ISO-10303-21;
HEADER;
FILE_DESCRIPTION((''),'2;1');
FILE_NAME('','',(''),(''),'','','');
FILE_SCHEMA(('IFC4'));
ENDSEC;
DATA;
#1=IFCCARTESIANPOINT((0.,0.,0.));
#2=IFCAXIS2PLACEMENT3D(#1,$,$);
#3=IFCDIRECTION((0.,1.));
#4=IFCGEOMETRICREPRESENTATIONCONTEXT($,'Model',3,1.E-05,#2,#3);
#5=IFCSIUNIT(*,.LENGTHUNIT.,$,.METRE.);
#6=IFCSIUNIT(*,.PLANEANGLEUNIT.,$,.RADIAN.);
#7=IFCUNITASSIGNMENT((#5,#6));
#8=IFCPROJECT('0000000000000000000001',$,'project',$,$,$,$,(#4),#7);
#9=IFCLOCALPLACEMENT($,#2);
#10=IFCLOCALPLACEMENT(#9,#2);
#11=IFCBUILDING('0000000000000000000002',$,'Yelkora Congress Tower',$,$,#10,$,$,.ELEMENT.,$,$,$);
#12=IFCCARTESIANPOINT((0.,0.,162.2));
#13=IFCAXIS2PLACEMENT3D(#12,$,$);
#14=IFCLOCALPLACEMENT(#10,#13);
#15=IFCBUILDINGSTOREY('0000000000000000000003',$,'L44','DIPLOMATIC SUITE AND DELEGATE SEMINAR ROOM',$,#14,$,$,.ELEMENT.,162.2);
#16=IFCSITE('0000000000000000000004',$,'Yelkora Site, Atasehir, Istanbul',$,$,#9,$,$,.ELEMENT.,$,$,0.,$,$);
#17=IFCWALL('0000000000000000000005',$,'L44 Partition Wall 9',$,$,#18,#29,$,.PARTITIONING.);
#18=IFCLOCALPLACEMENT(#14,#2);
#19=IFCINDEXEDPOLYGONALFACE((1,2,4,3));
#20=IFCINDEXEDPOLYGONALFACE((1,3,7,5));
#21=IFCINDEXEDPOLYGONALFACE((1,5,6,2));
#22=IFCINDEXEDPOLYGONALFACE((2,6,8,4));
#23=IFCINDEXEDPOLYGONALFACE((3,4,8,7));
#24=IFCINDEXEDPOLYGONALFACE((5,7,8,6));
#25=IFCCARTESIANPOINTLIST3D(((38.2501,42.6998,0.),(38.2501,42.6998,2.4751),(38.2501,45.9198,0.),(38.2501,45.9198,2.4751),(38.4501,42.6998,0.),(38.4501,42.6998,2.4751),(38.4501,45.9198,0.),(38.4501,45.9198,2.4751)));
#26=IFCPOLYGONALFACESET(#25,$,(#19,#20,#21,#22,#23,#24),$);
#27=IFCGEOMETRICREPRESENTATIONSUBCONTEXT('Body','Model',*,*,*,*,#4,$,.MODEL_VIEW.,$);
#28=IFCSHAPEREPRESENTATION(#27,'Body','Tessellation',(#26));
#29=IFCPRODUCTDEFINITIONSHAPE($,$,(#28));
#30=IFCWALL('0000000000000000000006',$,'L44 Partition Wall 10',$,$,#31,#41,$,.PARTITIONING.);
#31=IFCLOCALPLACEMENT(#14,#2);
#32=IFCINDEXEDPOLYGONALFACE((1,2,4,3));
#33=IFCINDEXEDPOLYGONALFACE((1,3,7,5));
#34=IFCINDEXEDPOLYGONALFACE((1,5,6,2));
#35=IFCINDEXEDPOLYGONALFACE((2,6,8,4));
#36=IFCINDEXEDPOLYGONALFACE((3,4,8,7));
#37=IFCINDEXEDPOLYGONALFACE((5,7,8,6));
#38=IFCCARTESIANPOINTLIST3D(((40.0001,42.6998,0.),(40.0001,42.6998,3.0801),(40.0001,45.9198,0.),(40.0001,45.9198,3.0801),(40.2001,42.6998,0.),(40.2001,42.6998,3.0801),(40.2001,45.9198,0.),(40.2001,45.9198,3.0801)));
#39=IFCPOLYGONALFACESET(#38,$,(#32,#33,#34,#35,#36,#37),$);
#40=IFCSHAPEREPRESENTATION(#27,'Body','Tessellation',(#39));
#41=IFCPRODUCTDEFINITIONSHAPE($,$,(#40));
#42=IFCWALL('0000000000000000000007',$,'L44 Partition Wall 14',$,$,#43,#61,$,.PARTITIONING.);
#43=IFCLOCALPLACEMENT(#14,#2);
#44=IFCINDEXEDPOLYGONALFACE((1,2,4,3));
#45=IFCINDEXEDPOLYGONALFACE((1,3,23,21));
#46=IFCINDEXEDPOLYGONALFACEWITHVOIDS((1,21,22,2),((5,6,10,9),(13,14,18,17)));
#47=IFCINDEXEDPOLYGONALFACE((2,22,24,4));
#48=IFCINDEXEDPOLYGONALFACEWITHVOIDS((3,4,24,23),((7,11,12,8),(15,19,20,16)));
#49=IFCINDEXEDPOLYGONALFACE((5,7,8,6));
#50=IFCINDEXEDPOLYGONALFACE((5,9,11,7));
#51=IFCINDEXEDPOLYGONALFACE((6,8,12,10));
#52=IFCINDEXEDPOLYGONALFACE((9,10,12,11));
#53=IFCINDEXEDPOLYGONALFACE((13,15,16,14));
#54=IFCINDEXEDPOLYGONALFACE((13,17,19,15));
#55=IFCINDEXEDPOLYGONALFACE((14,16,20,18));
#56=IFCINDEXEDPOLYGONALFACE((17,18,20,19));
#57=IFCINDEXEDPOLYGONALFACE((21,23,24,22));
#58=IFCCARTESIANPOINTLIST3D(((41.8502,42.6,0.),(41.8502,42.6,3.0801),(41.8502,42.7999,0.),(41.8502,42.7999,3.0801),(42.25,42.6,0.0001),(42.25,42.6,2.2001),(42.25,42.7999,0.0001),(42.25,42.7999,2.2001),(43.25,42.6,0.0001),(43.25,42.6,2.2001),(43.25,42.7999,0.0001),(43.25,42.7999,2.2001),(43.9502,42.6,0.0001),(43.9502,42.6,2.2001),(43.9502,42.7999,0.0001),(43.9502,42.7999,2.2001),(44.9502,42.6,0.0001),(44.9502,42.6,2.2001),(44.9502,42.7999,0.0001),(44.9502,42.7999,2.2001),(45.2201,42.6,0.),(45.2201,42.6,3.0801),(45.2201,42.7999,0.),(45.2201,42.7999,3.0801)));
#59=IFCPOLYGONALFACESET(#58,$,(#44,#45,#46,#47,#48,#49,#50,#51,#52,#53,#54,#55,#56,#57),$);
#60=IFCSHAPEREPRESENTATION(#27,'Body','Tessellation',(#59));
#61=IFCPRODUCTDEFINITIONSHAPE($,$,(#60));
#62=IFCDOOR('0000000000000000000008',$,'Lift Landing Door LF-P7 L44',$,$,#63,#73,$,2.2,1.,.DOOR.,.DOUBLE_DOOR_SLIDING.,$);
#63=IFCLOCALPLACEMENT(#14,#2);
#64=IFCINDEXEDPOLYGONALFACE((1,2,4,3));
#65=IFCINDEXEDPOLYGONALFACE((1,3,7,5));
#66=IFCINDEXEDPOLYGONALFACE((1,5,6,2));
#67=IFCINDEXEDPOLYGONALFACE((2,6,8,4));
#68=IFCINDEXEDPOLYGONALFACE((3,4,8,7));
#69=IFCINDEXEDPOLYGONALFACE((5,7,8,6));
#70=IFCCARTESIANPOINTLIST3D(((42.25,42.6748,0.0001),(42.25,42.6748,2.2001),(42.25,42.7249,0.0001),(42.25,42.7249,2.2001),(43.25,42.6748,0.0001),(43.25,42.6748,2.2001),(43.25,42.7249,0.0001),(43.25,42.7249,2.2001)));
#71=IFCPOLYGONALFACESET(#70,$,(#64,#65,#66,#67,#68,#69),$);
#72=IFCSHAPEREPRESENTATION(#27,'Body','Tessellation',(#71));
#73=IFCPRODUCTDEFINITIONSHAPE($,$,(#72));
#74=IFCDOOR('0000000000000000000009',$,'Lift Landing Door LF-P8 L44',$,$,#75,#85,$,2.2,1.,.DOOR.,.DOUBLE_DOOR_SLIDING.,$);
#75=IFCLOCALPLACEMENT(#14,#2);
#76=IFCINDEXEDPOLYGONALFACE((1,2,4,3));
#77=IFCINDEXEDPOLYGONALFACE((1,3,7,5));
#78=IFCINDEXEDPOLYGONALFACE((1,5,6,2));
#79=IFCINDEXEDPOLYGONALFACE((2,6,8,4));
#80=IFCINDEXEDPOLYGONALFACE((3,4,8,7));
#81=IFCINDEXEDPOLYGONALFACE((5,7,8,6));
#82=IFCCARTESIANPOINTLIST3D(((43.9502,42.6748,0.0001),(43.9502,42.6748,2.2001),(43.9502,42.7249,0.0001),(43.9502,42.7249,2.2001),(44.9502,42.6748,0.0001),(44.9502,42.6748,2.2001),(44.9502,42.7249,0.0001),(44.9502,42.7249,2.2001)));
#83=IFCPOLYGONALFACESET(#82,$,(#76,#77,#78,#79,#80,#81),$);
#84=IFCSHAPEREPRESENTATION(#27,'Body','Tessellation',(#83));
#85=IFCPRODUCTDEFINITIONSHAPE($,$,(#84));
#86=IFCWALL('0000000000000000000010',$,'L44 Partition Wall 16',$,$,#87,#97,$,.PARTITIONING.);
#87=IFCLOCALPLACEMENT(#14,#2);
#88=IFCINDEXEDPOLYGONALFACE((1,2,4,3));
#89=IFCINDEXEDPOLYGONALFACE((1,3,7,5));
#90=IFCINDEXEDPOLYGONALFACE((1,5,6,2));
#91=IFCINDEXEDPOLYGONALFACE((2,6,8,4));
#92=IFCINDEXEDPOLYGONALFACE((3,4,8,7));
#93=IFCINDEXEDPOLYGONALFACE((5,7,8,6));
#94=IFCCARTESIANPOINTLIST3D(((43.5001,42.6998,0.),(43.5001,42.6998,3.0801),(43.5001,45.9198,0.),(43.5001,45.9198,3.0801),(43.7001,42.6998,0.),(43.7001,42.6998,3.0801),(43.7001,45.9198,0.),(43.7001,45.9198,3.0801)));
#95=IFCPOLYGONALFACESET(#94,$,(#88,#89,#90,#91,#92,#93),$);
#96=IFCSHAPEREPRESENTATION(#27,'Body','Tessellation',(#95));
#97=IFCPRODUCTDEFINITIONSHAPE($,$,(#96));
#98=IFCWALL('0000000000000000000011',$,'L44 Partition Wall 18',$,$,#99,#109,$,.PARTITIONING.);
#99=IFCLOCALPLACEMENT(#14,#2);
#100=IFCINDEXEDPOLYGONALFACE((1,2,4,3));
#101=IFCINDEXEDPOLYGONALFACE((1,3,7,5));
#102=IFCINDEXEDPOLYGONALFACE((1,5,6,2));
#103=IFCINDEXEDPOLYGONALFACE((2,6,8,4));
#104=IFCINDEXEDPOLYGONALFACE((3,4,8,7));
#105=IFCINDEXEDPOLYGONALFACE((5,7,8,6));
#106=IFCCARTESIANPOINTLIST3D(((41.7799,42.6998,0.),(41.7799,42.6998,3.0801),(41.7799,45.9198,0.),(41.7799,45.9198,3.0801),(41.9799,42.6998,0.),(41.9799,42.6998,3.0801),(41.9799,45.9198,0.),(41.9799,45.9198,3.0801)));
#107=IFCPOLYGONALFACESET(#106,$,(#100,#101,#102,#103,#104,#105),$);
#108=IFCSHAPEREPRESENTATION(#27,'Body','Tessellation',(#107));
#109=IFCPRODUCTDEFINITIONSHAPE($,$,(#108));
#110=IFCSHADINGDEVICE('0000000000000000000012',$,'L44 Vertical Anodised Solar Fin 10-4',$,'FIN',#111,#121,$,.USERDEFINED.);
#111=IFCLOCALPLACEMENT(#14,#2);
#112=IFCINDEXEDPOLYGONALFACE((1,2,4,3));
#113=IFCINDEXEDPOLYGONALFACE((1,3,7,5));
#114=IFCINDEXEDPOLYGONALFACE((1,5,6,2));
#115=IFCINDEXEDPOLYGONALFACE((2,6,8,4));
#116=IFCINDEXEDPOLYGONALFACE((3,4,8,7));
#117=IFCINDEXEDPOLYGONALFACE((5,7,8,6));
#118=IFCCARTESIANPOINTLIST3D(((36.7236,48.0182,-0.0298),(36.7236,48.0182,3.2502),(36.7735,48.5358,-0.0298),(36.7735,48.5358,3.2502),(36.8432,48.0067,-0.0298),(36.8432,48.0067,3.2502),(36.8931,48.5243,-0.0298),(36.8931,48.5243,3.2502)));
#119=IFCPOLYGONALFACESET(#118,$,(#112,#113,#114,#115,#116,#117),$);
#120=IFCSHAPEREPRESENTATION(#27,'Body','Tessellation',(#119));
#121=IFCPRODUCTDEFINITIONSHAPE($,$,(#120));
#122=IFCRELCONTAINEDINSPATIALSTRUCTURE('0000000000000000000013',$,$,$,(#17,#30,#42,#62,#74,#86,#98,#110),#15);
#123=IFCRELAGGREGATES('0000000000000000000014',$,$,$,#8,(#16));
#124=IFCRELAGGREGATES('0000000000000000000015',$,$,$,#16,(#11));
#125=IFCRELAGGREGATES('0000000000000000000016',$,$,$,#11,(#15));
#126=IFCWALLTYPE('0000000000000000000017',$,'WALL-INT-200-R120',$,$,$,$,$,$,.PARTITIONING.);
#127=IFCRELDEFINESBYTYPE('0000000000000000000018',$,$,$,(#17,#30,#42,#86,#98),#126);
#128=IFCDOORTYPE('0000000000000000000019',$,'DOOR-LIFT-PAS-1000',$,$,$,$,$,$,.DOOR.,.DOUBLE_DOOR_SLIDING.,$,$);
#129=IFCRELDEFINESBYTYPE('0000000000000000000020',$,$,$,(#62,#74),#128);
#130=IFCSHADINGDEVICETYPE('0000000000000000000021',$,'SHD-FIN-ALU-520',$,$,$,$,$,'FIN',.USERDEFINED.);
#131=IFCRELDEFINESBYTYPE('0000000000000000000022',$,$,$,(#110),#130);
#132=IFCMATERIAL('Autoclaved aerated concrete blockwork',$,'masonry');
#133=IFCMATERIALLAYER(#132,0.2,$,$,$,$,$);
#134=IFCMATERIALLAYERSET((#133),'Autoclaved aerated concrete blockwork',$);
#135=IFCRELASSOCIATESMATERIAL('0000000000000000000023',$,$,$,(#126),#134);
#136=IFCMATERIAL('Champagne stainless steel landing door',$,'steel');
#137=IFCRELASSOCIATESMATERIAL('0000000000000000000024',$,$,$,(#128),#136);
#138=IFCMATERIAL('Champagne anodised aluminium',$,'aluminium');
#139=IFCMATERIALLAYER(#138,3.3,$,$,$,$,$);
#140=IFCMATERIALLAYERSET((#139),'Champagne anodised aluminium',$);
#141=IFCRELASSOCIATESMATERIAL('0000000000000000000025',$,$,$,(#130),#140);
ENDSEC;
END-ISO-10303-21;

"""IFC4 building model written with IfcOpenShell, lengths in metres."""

from ifc_helpers import new_model, si_unit, direction, frame, frame_2d, origin, origin_2d, place, context, subcontext, project, spatial, rectangle, extrude, material, layer, layer_set, type_object, element, fill, save


model = new_model("IFC4")

# Units and contexts
model_context = context("Model", 3, precision=1e-05, world=origin(), true_north=direction((0.0, 1.0)))
body_context = subcontext(model_context, "Body", "Model", "MODEL_VIEW")
ifc_project = project(units=[si_unit("LENGTHUNIT", "METRE"), si_unit("PLANEANGLEUNIT", "RADIAN")], contexts=[model_context])

# Site, building, storey
site_placement = place(None, origin())
site = spatial("IfcSite", under=ifc_project, at=site_placement, Name="Yelkora Site, Atasehir, Istanbul", CompositionType="ELEMENT", RefElevation=0.0)
building_placement = place(site_placement, origin())
building = spatial("IfcBuilding", under=site, at=building_placement, Name="Yelkora Congress Tower", CompositionType="ELEMENT")
storey_placement = place(building_placement, frame((0.0, 0.0, 162.2)))
storey = spatial("IfcBuildingStorey", under=building, at=storey_placement, Name="L44", Description="DIPLOMATIC SUITE AND DELEGATE SEMINAR ROOM", CompositionType="ELEMENT", Elevation=162.2)

# Walls
ifc_material_1 = material(Name="Autoclaved aerated concrete blockwork", Category="masonry")
ifc_layer_1 = layer(ifc_material_1, 0.2)
ifc_layer_set_1 = layer_set([ifc_layer_1], Name="Autoclaved aerated concrete blockwork")
wall_type = type_object("IfcWallType", Name="WALL-INT-200-R120", PredefinedType="PARTITIONING", material=ifc_layer_set_1)
wall_1_placement = place(storey_placement, frame((38.3501, 42.7, 0.0), z_axis=(0.0, 0.0, 1.0), x_axis=(0.0, 1.0, 0.0)))
element("IfcWall", 1, at=wall_1_placement, inside=storey, type_object=wall_type, Name="L44 Partition Wall 9", PredefinedType="PARTITIONING", context=body_context, shape_type="SweptSolid", body=[
    extrude(rectangle(XDim=3.22, YDim=0.2, at=frame_2d((1.6099, 0.0))), origin(), (0.0, 0.0, 1.0), 2.4751),
])
wall_2_placement = place(storey_placement, frame((40.1001, 42.7, 0.0), z_axis=(0.0, 0.0, 1.0), x_axis=(0.0, 1.0, 0.0)))
element("IfcWall", 2, at=wall_2_placement, inside=storey, type_object=wall_type, Name="L44 Partition Wall 10", PredefinedType="PARTITIONING", context=body_context, shape_type="SweptSolid", body=[
    extrude(rectangle(XDim=3.22, YDim=0.2, at=frame_2d((1.6099, 0.0))), origin(), (0.0, 0.0, 1.0), 3.0801),
])

# Wall, openings, doors
wall_3_placement = place(storey_placement, frame((41.8501, 42.7, 0.0), z_axis=(0.0, 0.0, 1.0), x_axis=(1.0, 0.0, 0.0)))
wall_3 = element("IfcWall", 3, at=wall_3_placement, inside=storey, type_object=wall_type, Name="L44 Partition Wall 14", PredefinedType="PARTITIONING", context=body_context, shape_type="SweptSolid", body=[
    extrude(rectangle(XDim=3.3699, YDim=0.2, at=frame_2d((1.6851, 0.0))), origin(), (0.0, 0.0, 1.0), 3.0801),
])
opening_1_placement = place(wall_3_placement, frame((0.3999, 0.0, 0.0)))
opening_1 = element("IfcOpeningElement", 4, at=opening_1_placement, cuts=wall_3, PredefinedType="OPENING", context=body_context, shape_type="SweptSolid", body=[
    extrude(rectangle(XDim=1.0, YDim=2.2, at=frame_2d((0.5, 1.1001))), frame((0.0, 0.1099, 0.0), z_axis=(0.0, -1.0, 0.0), x_axis=(1.0, 0.0, 0.0)), (0.0, 0.0, 1.0), 0.22),
])
opening_2_placement = place(wall_3_placement, frame((2.1001, 0.0, 0.0)))
opening_2 = element("IfcOpeningElement", 5, at=opening_2_placement, cuts=wall_3, PredefinedType="OPENING", context=body_context, shape_type="SweptSolid", body=[
    extrude(rectangle(XDim=1.0, YDim=2.2, at=frame_2d((0.5, 1.1001))), frame((0.0, 0.1099, 0.0), z_axis=(0.0, -1.0, 0.0), x_axis=(1.0, 0.0, 0.0)), (0.0, 0.0, 1.0), 0.22),
])
ifc_material_2 = material(Name="Champagne stainless steel landing door", Category="steel")
door_type = type_object("IfcDoorType", Name="DOOR-LIFT-PAS-1000", OperationType="DOUBLE_DOOR_SLIDING", PredefinedType="DOOR", material=ifc_material_2)
door_1_placement = place(opening_1_placement, origin())
door_1 = element("IfcDoor", 6, at=door_1_placement, inside=storey, type_object=door_type, Name="Lift Landing Door LF-P7 L44", OperationType="DOUBLE_DOOR_SLIDING", OverallHeight=2.2, OverallWidth=1.0, PredefinedType="DOOR", context=body_context, shape_type="SweptSolid", body=[
    extrude(rectangle(XDim=1.0, YDim=2.2, at=frame_2d((0.5, 1.1001))), frame((0.0, 0.0249, 0.0), z_axis=(0.0, -1.0, 0.0), x_axis=(1.0, 0.0, 0.0)), (0.0, 0.0, 1.0), 0.05),
])
fill(opening_1, door_1)
door_2_placement = place(opening_2_placement, origin())
door_2 = element("IfcDoor", 7, at=door_2_placement, inside=storey, type_object=door_type, Name="Lift Landing Door LF-P8 L44", OperationType="DOUBLE_DOOR_SLIDING", OverallHeight=2.2, OverallWidth=1.0, PredefinedType="DOOR", context=body_context, shape_type="SweptSolid", body=[
    extrude(rectangle(XDim=1.0, YDim=2.2, at=frame_2d((0.5, 1.1001))), frame((0.0, 0.0249, 0.0), z_axis=(0.0, -1.0, 0.0), x_axis=(1.0, 0.0, 0.0)), (0.0, 0.0, 1.0), 0.05),
])
fill(opening_2, door_2)

# Walls
for number, where, z_axis, x_axis, name in (
    (8, (43.6001, 42.7, 0.0), (0.0, 0.0, 1.0), (0.0, 1.0, 0.0), "L44 Partition Wall 16"),
    (9, (41.8799, 42.7, 0.0), (0.0, 0.0, 1.0), (0.0, 1.0, 0.0), "L44 Partition Wall 18"),
):
    element("IfcWall", number, at=place(storey_placement, frame(where, z_axis=z_axis, x_axis=x_axis)), inside=storey, type_object=wall_type, Name=name, PredefinedType="PARTITIONING", context=body_context, shape_type="SweptSolid", body=[
        extrude(rectangle(XDim=3.22, YDim=0.2, at=frame_2d((1.6099, 0.0))), origin(), (0.0, 0.0, 1.0), 3.0801),
    ])

# Shading device
ifc_material_3 = material(Name="Champagne anodised aluminium", Category="aluminium")
ifc_layer_2 = layer(ifc_material_3, 3.3)
ifc_layer_set_2 = layer_set([ifc_layer_2], Name="Champagne anodised aluminium")
shading_device_type = type_object("IfcShadingDeviceType", Name="SHD-FIN-ALU-520", ElementType="FIN", PredefinedType="USERDEFINED", material=ifc_layer_set_2)
shading_device_placement = place(storey_placement, frame((36.8083, 48.2712, -0.0298), z_axis=(0.0, 0.0, 1.0), x_axis=(0.995396, -0.095846, 0.0)))
element("IfcShadingDevice", 10, at=shading_device_placement, inside=storey, type_object=shading_device_type, Name="L44 Vertical Anodised Solar Fin 10-4", ObjectType="FIN", PredefinedType="USERDEFINED", context=body_context, shape_type="SweptSolid", body=[
    extrude(rectangle(XDim=0.1201, YDim=0.52, at=origin_2d()), origin(), (0.0, 0.0, 1.0), 3.28),
])

save(model, "model.ifc")
